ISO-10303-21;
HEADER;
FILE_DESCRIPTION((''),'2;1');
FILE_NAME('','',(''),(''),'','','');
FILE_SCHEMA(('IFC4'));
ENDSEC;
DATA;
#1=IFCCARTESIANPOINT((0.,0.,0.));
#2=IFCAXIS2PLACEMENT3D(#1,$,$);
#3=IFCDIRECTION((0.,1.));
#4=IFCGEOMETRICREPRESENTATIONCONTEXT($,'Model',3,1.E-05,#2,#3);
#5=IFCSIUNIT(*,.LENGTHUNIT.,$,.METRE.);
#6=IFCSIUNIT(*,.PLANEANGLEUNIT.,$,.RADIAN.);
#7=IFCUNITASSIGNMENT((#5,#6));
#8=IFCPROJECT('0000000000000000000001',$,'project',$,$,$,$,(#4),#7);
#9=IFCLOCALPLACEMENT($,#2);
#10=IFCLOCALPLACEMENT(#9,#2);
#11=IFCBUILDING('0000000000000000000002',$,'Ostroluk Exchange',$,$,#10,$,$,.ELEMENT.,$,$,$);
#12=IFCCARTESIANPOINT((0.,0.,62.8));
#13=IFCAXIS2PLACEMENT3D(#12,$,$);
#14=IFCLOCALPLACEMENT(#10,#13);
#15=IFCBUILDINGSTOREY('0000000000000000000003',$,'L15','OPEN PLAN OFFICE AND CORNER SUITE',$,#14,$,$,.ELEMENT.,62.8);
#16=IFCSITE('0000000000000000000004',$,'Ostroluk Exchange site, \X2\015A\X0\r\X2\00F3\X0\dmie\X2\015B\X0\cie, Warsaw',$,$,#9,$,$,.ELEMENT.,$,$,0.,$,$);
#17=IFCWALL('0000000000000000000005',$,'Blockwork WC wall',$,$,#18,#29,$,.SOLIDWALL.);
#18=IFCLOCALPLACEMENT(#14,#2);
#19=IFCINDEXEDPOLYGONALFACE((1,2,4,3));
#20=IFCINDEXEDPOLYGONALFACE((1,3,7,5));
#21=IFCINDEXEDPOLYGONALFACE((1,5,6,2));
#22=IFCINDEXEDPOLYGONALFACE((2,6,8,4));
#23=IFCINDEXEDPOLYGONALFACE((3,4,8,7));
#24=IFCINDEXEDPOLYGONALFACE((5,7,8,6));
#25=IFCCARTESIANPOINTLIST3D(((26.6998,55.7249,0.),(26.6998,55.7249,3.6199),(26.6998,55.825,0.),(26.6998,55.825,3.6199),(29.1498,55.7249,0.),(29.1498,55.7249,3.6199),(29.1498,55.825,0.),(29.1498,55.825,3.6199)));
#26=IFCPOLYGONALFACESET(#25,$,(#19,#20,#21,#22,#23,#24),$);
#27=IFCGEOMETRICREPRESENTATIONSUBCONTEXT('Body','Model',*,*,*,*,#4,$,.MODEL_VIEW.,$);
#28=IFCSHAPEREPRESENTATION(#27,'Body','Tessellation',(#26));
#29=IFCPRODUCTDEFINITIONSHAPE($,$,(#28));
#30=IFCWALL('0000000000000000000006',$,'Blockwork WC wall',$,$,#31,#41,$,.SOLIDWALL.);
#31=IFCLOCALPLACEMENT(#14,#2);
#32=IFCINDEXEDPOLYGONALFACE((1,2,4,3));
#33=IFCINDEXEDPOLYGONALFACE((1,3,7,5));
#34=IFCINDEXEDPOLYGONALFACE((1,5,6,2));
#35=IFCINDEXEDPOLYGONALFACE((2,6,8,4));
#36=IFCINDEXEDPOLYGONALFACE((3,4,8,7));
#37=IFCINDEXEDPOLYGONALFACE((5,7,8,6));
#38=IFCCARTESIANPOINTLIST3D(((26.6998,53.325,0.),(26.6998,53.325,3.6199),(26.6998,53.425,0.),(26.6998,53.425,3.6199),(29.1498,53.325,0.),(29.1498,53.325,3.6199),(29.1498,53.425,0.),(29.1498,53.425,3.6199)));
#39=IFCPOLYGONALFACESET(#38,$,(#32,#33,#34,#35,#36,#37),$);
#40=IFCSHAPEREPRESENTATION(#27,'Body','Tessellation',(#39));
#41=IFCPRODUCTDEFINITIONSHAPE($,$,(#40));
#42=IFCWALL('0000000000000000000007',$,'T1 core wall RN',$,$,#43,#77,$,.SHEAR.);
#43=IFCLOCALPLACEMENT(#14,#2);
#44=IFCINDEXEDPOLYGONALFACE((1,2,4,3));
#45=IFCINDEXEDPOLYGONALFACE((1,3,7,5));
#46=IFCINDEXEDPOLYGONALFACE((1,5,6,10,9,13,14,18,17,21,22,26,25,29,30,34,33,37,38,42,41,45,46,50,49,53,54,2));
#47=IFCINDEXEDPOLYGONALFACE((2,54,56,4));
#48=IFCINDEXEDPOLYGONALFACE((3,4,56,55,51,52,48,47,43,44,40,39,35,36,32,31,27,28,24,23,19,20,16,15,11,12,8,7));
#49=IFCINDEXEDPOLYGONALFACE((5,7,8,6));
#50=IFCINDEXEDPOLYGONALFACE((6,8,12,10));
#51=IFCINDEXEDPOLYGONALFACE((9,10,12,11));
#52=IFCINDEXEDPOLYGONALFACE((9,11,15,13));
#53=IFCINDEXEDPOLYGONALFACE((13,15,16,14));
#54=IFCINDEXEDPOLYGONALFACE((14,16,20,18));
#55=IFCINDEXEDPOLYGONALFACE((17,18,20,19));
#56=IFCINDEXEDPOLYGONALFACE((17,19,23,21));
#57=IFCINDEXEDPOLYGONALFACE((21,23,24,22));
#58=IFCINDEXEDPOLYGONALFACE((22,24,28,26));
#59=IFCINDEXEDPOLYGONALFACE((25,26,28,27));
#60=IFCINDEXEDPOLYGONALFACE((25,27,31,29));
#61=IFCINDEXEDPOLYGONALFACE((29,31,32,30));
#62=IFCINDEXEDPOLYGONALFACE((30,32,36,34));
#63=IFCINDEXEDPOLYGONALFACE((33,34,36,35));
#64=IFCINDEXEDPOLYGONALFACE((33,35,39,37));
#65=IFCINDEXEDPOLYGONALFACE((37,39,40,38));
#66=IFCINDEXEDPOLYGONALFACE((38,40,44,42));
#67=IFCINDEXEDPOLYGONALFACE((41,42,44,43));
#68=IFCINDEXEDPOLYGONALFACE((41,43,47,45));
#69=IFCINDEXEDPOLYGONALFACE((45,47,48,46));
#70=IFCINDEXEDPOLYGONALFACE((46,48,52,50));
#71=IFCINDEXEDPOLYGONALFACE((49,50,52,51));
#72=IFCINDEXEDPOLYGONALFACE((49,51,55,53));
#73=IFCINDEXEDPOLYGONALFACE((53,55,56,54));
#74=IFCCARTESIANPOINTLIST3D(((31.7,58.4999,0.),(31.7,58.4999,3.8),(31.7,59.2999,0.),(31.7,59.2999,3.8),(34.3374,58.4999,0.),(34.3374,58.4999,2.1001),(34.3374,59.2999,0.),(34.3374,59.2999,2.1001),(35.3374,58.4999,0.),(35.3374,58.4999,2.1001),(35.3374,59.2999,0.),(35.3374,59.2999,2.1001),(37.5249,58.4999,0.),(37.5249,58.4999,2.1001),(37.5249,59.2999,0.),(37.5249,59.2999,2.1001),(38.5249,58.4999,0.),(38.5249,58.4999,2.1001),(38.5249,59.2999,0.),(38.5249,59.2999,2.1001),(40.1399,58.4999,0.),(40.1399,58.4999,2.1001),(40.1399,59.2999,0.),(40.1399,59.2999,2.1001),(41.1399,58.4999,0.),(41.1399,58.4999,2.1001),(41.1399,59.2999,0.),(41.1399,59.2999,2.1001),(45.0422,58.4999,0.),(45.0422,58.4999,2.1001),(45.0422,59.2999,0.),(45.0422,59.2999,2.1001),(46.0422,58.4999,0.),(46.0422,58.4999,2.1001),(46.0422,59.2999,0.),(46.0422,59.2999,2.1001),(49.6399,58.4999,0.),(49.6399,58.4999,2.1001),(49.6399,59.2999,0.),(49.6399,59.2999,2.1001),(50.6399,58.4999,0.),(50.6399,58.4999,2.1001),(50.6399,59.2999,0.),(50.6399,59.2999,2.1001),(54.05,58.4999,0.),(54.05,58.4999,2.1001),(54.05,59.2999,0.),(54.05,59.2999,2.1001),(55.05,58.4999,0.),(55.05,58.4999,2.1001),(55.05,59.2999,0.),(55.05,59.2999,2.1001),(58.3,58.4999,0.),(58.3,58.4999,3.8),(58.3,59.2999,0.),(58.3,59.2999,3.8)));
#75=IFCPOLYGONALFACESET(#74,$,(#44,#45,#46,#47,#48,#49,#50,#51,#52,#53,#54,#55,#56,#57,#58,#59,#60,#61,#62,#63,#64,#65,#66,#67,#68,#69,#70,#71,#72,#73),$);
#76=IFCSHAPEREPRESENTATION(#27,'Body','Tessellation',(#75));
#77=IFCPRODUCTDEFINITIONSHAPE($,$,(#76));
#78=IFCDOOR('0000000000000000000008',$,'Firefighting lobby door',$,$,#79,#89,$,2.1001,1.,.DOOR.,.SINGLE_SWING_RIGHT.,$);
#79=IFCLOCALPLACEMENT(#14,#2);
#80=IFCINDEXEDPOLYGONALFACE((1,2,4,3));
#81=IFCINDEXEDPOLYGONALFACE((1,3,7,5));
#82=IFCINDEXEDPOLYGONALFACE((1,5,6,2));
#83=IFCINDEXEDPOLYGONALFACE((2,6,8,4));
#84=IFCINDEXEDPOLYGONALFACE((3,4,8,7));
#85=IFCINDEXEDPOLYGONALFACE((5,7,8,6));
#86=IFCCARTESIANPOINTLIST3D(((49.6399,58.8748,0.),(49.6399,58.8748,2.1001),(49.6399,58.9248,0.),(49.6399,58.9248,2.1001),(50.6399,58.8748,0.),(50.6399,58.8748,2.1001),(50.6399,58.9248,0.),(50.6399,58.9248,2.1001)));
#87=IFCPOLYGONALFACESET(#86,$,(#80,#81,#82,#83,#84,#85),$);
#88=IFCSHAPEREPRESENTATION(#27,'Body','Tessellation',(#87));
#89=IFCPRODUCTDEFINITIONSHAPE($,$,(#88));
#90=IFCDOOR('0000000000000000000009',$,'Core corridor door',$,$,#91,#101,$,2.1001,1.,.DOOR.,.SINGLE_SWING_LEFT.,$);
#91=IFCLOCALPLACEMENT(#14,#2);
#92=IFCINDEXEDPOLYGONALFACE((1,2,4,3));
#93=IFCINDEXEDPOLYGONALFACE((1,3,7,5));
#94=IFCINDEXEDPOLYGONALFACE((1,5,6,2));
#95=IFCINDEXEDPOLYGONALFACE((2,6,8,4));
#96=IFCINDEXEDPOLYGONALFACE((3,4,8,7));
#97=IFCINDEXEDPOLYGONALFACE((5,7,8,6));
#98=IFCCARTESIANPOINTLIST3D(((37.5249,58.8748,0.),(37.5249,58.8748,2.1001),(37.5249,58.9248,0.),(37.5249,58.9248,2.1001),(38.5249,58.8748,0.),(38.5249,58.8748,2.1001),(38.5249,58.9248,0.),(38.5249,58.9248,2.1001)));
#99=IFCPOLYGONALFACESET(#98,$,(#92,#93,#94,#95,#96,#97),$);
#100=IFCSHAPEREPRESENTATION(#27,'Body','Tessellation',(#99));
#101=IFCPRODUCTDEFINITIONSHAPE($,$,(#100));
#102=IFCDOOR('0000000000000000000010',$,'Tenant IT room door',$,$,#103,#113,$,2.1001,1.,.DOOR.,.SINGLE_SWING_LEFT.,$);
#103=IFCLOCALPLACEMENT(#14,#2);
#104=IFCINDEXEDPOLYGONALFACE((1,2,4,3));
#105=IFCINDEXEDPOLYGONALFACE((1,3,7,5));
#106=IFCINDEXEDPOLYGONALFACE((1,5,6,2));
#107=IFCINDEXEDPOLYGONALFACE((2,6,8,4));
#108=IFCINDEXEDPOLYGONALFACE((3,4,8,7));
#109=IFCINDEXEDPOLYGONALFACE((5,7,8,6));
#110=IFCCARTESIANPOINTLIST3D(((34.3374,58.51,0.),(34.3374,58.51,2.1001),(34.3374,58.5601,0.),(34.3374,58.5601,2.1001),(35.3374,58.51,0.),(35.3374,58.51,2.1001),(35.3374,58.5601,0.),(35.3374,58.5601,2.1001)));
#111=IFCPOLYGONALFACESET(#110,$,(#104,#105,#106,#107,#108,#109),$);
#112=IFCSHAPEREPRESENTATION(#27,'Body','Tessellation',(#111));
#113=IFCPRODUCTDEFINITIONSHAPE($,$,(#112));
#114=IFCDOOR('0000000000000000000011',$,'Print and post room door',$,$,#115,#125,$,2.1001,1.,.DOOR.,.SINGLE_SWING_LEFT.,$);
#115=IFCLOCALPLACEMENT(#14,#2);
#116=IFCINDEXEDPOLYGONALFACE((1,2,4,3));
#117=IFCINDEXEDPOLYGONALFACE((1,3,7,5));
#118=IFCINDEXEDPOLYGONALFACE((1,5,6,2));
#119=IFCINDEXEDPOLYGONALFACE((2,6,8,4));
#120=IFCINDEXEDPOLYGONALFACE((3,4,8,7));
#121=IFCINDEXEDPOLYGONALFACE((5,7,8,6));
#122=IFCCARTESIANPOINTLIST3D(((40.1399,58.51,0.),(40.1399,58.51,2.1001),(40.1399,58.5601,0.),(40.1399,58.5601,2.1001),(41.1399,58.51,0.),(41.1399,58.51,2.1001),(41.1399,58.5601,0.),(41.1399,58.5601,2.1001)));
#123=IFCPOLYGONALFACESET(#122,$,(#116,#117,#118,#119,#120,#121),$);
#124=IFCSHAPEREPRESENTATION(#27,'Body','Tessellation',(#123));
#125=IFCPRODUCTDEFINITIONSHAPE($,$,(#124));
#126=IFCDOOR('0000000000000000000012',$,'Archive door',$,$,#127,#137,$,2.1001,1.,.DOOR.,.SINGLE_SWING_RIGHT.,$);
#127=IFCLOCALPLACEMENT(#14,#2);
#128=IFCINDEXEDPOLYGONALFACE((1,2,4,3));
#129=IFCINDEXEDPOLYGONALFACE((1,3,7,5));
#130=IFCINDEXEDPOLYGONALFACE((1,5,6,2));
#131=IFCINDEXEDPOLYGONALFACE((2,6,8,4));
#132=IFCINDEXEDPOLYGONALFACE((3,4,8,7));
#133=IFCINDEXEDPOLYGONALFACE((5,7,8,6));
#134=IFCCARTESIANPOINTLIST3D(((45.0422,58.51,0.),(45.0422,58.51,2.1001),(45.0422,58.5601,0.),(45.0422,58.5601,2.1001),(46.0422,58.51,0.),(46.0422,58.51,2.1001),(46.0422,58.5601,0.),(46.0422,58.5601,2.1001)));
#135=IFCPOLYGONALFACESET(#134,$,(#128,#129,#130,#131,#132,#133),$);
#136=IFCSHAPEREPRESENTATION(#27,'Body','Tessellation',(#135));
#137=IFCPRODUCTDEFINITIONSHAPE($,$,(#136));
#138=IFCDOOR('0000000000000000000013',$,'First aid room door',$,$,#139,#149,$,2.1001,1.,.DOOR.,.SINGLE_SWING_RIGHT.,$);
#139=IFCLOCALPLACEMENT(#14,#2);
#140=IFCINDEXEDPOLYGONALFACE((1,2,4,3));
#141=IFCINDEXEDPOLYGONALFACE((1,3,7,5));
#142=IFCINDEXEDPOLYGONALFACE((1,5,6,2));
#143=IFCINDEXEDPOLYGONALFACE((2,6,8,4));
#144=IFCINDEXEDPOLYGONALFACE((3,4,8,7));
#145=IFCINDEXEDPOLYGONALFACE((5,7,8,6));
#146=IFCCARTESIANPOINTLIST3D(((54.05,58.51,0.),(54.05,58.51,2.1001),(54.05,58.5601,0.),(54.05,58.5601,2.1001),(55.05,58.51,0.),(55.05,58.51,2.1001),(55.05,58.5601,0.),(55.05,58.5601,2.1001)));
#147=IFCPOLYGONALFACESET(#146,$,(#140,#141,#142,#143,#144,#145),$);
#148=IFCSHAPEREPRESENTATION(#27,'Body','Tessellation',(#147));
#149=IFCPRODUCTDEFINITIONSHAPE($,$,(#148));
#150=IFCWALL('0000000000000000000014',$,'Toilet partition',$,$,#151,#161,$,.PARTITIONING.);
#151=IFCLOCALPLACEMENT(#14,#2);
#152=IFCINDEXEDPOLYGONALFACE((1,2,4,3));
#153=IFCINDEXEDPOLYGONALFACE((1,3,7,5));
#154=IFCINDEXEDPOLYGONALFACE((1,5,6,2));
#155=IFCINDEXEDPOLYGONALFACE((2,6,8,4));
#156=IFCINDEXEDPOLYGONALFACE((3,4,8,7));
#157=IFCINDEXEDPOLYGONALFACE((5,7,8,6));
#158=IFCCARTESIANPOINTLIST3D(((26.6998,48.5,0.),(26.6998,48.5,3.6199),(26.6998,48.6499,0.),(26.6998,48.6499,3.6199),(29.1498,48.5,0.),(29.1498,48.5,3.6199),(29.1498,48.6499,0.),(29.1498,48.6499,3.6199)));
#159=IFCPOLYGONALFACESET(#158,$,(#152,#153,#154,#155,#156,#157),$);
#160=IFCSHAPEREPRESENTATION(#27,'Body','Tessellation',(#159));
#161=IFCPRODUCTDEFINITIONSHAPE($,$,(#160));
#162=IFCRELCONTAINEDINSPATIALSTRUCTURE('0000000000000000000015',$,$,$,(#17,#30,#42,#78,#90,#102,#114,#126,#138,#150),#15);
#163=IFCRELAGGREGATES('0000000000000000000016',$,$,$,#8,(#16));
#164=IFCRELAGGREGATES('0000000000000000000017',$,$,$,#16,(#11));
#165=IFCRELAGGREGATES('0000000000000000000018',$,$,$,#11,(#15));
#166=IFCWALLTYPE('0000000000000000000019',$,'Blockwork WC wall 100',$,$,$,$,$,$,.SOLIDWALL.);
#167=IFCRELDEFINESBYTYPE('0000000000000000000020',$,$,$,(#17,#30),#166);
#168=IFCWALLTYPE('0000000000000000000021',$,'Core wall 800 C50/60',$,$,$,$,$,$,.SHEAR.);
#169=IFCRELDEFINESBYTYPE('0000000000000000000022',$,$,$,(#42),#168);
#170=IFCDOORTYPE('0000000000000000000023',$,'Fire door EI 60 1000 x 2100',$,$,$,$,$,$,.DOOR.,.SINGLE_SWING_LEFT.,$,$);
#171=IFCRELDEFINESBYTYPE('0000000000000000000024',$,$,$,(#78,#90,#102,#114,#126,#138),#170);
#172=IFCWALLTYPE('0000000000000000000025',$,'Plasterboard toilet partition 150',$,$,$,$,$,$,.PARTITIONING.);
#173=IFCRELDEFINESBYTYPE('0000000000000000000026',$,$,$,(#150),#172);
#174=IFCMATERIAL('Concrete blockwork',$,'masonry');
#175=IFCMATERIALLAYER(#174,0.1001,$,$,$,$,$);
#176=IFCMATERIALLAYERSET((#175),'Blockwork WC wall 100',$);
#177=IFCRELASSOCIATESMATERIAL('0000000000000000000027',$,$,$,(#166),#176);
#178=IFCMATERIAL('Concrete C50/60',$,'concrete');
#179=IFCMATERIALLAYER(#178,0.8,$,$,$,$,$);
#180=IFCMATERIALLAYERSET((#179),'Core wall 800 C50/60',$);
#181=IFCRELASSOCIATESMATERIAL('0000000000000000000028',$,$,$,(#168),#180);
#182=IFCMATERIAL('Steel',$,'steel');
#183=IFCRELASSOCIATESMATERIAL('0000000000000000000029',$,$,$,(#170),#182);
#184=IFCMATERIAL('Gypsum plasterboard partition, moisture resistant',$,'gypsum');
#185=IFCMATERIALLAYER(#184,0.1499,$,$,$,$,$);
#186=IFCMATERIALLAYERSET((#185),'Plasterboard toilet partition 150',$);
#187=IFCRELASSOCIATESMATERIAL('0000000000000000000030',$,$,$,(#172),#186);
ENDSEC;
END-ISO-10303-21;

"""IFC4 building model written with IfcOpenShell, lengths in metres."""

from ifc_helpers import new_model, si_unit, direction, frame, frame_2d, origin, place, context, subcontext, project, spatial, rectangle, extrude, material, layer, layer_set, type_object, element, fill, save


model = new_model("IFC4")

# Units and contexts
model_context = context("Model", 3, precision=1e-05, world=origin(), true_north=direction((0.0, 1.0)))
body_context = subcontext(model_context, "Body", "Model", "MODEL_VIEW")
ifc_project = project(units=[si_unit("LENGTHUNIT", "METRE"), si_unit("PLANEANGLEUNIT", "RADIAN")], contexts=[model_context])

# Site, building, storey
site_placement = place(None, origin())
site = spatial("IfcSite", under=ifc_project, at=site_placement, Name="Ostroluk Exchange site, Śródmieście, Warsaw", CompositionType="ELEMENT", RefElevation=0.0)
building_placement = place(site_placement, origin())
building = spatial("IfcBuilding", under=site, at=building_placement, Name="Ostroluk Exchange", CompositionType="ELEMENT")
storey_placement = place(building_placement, frame((0.0, 0.0, 62.8)))
storey = spatial("IfcBuildingStorey", under=building, at=storey_placement, Name="L15", Description="OPEN PLAN OFFICE AND CORNER SUITE", CompositionType="ELEMENT", Elevation=62.8)

# Walls
ifc_material_1 = material(Name="Concrete blockwork", Category="masonry")
ifc_layer_1 = layer(ifc_material_1, 0.1001)
ifc_layer_set_1 = layer_set([ifc_layer_1], Name="Blockwork WC wall 100")
wall_type_1 = type_object("IfcWallType", Name="Blockwork WC wall 100", PredefinedType="SOLIDWALL", material=ifc_layer_set_1)
for number, where, z_axis, x_axis, name in (
    (1, (29.1499, 55.7749, 0.0), (0.0, 0.0, 1.0), (-1.0, 0.0, 0.0), "Blockwork WC wall"),
    (2, (29.1499, 53.375, 0.0), (0.0, 0.0, 1.0), (-1.0, 0.0, 0.0), "Blockwork WC wall"),
):
    element("IfcWall", number, at=place(storey_placement, frame(where, z_axis=z_axis, x_axis=x_axis)), inside=storey, type_object=wall_type_1, Name=name, PredefinedType="SOLIDWALL", context=body_context, shape_type="SweptSolid", body=[
        extrude(rectangle(XDim=2.45, YDim=0.1001, at=frame_2d((1.2251, 0.0))), origin(), (0.0, 0.0, 1.0), 3.6199),
    ])

# Wall, openings, doors
ifc_material_2 = material(Name="Concrete C50/60", Category="concrete")
ifc_layer_2 = layer(ifc_material_2, 0.8)
ifc_layer_set_2 = layer_set([ifc_layer_2], Name="Core wall 800 C50/60")
wall_type_2 = type_object("IfcWallType", Name="Core wall 800 C50/60", PredefinedType="SHEAR", material=ifc_layer_set_2)
wall_1_placement = place(storey_placement, frame((31.7, 58.8999, 0.0), z_axis=(0.0, 0.0, 1.0), x_axis=(1.0, 0.0, 0.0)))
wall_1 = element("IfcWall", 3, at=wall_1_placement, inside=storey, type_object=wall_type_2, Name="T1 core wall RN", PredefinedType="SHEAR", context=body_context, shape_type="SweptSolid", body=[
    extrude(rectangle(XDim=26.6001, YDim=0.8, at=frame_2d((13.3, 0.0))), origin(), (0.0, 0.0, 1.0), 3.8),
])
opening_1_placement = place(wall_1_placement, frame((17.9399, 0.0, 0.0)))
opening_1 = element("IfcOpeningElement", 4, at=opening_1_placement, cuts=wall_1, PredefinedType="OPENING", context=body_context, shape_type="SweptSolid", body=[
    extrude(rectangle(XDim=1.0, YDim=2.1001, at=frame_2d((0.5, 1.05))), frame((0.0, 0.4099, 0.0), z_axis=(0.0, -1.0, 0.0), x_axis=(1.0, 0.0, 0.0)), (0.0, 0.0, 1.0), 0.8201),
])
opening_2_placement = place(wall_1_placement, frame((5.825, 0.0, 0.0)))
opening_2 = element("IfcOpeningElement", 5, at=opening_2_placement, cuts=wall_1, PredefinedType="OPENING", context=body_context, shape_type="SweptSolid", body=[
    extrude(rectangle(XDim=1.0, YDim=2.1001, at=frame_2d((0.5, 1.05))), frame((0.0, 0.4099, 0.0), z_axis=(0.0, -1.0, 0.0), x_axis=(1.0, 0.0, 0.0)), (0.0, 0.0, 1.0), 0.8201),
])
opening_3_placement = place(wall_1_placement, frame((2.6375, 0.0, 0.0)))
opening_3 = element("IfcOpeningElement", 6, at=opening_3_placement, cuts=wall_1, PredefinedType="OPENING", context=body_context, shape_type="SweptSolid", body=[
    extrude(rectangle(XDim=1.0, YDim=2.1001, at=frame_2d((0.5, 1.05))), frame((0.0, 0.4099, 0.0), z_axis=(0.0, -1.0, 0.0), x_axis=(1.0, 0.0, 0.0)), (0.0, 0.0, 1.0), 0.8201),
])
opening_4_placement = place(wall_1_placement, frame((8.4399, 0.0, 0.0)))
opening_4 = element("IfcOpeningElement", 7, at=opening_4_placement, cuts=wall_1, PredefinedType="OPENING", context=body_context, shape_type="SweptSolid", body=[
    extrude(rectangle(XDim=1.0, YDim=2.1001, at=frame_2d((0.5, 1.05))), frame((0.0, 0.4099, 0.0), z_axis=(0.0, -1.0, 0.0), x_axis=(1.0, 0.0, 0.0)), (0.0, 0.0, 1.0), 0.8201),
])
opening_5_placement = place(wall_1_placement, frame((13.3423, 0.0, 0.0)))
opening_5 = element("IfcOpeningElement", 8, at=opening_5_placement, cuts=wall_1, PredefinedType="OPENING", context=body_context, shape_type="SweptSolid", body=[
    extrude(rectangle(XDim=1.0, YDim=2.1001, at=frame_2d((0.5, 1.05))), frame((0.0, 0.4099, 0.0), z_axis=(0.0, -1.0, 0.0), x_axis=(1.0, 0.0, 0.0)), (0.0, 0.0, 1.0), 0.8201),
])
opening_6_placement = place(wall_1_placement, frame((22.3501, 0.0, 0.0)))
opening_6 = element("IfcOpeningElement", 9, at=opening_6_placement, cuts=wall_1, PredefinedType="OPENING", context=body_context, shape_type="SweptSolid", body=[
    extrude(rectangle(XDim=1.0, YDim=2.1001, at=frame_2d((0.5, 1.05))), frame((0.0, 0.4099, 0.0), z_axis=(0.0, -1.0, 0.0), x_axis=(1.0, 0.0, 0.0)), (0.0, 0.0, 1.0), 0.8201),
])
ifc_material_3 = material(Name="Steel", Category="steel")
door_type = type_object("IfcDoorType", Name="Fire door EI 60 1000 x 2100", OperationType="SINGLE_SWING_LEFT", PredefinedType="DOOR", material=ifc_material_3)
door_1_placement = place(opening_1_placement, origin())
door_1 = element("IfcDoor", 10, at=door_1_placement, inside=storey, type_object=door_type, Name="Firefighting lobby door", OperationType="SINGLE_SWING_RIGHT", OverallHeight=2.1001, OverallWidth=1.0, PredefinedType="DOOR", context=body_context, shape_type="SweptSolid", body=[
    extrude(rectangle(XDim=1.0, YDim=2.1001, at=frame_2d((0.5, 1.05))), frame((0.0, 0.0249, 0.0), z_axis=(0.0, -1.0, 0.0), x_axis=(1.0, 0.0, 0.0)), (0.0, 0.0, 1.0), 0.05),
])
fill(opening_1, door_1)
door_2_placement = place(opening_2_placement, origin())
door_2 = element("IfcDoor", 11, at=door_2_placement, inside=storey, type_object=door_type, Name="Core corridor door", OperationType="SINGLE_SWING_LEFT", OverallHeight=2.1001, OverallWidth=1.0, PredefinedType="DOOR", context=body_context, shape_type="SweptSolid", body=[
    extrude(rectangle(XDim=1.0, YDim=2.1001, at=frame_2d((0.5, 1.05))), frame((0.0, 0.0249, 0.0), z_axis=(0.0, -1.0, 0.0), x_axis=(1.0, 0.0, 0.0)), (0.0, 0.0, 1.0), 0.05),
])
fill(opening_2, door_2)
door_3_placement = place(opening_3_placement, origin())
door_3 = element("IfcDoor", 12, at=door_3_placement, inside=storey, type_object=door_type, Name="Tenant IT room door", OperationType="SINGLE_SWING_LEFT", OverallHeight=2.1001, OverallWidth=1.0, PredefinedType="DOOR", context=body_context, shape_type="SweptSolid", body=[
    extrude(rectangle(XDim=1.0, YDim=2.1001, at=frame_2d((0.5, 1.05))), frame((0.0, -0.3398, 0.0), z_axis=(0.0, -1.0, 0.0), x_axis=(1.0, 0.0, 0.0)), (0.0, 0.0, 1.0), 0.05),
])
fill(opening_3, door_3)
door_4_placement = place(opening_4_placement, origin())
door_4 = element("IfcDoor", 13, at=door_4_placement, inside=storey, type_object=door_type, Name="Print and post room door", OperationType="SINGLE_SWING_LEFT", OverallHeight=2.1001, OverallWidth=1.0, PredefinedType="DOOR", context=body_context, shape_type="SweptSolid", body=[
    extrude(rectangle(XDim=1.0, YDim=2.1001, at=frame_2d((0.5, 1.05))), frame((0.0, -0.3398, 0.0), z_axis=(0.0, -1.0, 0.0), x_axis=(1.0, 0.0, 0.0)), (0.0, 0.0, 1.0), 0.05),
])
fill(opening_4, door_4)
door_5_placement = place(opening_5_placement, origin())
door_5 = element("IfcDoor", 14, at=door_5_placement, inside=storey, type_object=door_type, Name="Archive door", OperationType="SINGLE_SWING_RIGHT", OverallHeight=2.1001, OverallWidth=1.0, PredefinedType="DOOR", context=body_context, shape_type="SweptSolid", body=[
    extrude(rectangle(XDim=1.0, YDim=2.1001, at=frame_2d((0.5, 1.05))), frame((0.0, -0.3398, 0.0), z_axis=(0.0, -1.0, 0.0), x_axis=(1.0, 0.0, 0.0)), (0.0, 0.0, 1.0), 0.05),
])
fill(opening_5, door_5)
door_6_placement = place(opening_6_placement, origin())
door_6 = element("IfcDoor", 15, at=door_6_placement, inside=storey, type_object=door_type, Name="First aid room door", OperationType="SINGLE_SWING_RIGHT", OverallHeight=2.1001, OverallWidth=1.0, PredefinedType="DOOR", context=body_context, shape_type="SweptSolid", body=[
    extrude(rectangle(XDim=1.0, YDim=2.1001, at=frame_2d((0.5, 1.05))), frame((0.0, -0.3398, 0.0), z_axis=(0.0, -1.0, 0.0), x_axis=(1.0, 0.0, 0.0)), (0.0, 0.0, 1.0), 0.05),
])
fill(opening_6, door_6)

# Wall
ifc_material_4 = material(Name="Gypsum plasterboard partition, moisture resistant", Category="gypsum")
ifc_layer_3 = layer(ifc_material_4, 0.1499)
ifc_layer_set_3 = layer_set([ifc_layer_3], Name="Plasterboard toilet partition 150")
wall_type_3 = type_object("IfcWallType", Name="Plasterboard toilet partition 150", PredefinedType="PARTITIONING", material=ifc_layer_set_3)
wall_2_placement = place(storey_placement, frame((29.1499, 48.575, 0.0), z_axis=(0.0, 0.0, 1.0), x_axis=(-1.0, 0.0, 0.0)))
element("IfcWall", 16, at=wall_2_placement, inside=storey, type_object=wall_type_3, Name="Toilet partition", PredefinedType="PARTITIONING", context=body_context, shape_type="SweptSolid", body=[
    extrude(rectangle(XDim=2.45, YDim=0.1499, at=frame_2d((1.2251, 0.0))), origin(), (0.0, 0.0, 1.0), 3.6199),
])

save(model, "model.ifc")
